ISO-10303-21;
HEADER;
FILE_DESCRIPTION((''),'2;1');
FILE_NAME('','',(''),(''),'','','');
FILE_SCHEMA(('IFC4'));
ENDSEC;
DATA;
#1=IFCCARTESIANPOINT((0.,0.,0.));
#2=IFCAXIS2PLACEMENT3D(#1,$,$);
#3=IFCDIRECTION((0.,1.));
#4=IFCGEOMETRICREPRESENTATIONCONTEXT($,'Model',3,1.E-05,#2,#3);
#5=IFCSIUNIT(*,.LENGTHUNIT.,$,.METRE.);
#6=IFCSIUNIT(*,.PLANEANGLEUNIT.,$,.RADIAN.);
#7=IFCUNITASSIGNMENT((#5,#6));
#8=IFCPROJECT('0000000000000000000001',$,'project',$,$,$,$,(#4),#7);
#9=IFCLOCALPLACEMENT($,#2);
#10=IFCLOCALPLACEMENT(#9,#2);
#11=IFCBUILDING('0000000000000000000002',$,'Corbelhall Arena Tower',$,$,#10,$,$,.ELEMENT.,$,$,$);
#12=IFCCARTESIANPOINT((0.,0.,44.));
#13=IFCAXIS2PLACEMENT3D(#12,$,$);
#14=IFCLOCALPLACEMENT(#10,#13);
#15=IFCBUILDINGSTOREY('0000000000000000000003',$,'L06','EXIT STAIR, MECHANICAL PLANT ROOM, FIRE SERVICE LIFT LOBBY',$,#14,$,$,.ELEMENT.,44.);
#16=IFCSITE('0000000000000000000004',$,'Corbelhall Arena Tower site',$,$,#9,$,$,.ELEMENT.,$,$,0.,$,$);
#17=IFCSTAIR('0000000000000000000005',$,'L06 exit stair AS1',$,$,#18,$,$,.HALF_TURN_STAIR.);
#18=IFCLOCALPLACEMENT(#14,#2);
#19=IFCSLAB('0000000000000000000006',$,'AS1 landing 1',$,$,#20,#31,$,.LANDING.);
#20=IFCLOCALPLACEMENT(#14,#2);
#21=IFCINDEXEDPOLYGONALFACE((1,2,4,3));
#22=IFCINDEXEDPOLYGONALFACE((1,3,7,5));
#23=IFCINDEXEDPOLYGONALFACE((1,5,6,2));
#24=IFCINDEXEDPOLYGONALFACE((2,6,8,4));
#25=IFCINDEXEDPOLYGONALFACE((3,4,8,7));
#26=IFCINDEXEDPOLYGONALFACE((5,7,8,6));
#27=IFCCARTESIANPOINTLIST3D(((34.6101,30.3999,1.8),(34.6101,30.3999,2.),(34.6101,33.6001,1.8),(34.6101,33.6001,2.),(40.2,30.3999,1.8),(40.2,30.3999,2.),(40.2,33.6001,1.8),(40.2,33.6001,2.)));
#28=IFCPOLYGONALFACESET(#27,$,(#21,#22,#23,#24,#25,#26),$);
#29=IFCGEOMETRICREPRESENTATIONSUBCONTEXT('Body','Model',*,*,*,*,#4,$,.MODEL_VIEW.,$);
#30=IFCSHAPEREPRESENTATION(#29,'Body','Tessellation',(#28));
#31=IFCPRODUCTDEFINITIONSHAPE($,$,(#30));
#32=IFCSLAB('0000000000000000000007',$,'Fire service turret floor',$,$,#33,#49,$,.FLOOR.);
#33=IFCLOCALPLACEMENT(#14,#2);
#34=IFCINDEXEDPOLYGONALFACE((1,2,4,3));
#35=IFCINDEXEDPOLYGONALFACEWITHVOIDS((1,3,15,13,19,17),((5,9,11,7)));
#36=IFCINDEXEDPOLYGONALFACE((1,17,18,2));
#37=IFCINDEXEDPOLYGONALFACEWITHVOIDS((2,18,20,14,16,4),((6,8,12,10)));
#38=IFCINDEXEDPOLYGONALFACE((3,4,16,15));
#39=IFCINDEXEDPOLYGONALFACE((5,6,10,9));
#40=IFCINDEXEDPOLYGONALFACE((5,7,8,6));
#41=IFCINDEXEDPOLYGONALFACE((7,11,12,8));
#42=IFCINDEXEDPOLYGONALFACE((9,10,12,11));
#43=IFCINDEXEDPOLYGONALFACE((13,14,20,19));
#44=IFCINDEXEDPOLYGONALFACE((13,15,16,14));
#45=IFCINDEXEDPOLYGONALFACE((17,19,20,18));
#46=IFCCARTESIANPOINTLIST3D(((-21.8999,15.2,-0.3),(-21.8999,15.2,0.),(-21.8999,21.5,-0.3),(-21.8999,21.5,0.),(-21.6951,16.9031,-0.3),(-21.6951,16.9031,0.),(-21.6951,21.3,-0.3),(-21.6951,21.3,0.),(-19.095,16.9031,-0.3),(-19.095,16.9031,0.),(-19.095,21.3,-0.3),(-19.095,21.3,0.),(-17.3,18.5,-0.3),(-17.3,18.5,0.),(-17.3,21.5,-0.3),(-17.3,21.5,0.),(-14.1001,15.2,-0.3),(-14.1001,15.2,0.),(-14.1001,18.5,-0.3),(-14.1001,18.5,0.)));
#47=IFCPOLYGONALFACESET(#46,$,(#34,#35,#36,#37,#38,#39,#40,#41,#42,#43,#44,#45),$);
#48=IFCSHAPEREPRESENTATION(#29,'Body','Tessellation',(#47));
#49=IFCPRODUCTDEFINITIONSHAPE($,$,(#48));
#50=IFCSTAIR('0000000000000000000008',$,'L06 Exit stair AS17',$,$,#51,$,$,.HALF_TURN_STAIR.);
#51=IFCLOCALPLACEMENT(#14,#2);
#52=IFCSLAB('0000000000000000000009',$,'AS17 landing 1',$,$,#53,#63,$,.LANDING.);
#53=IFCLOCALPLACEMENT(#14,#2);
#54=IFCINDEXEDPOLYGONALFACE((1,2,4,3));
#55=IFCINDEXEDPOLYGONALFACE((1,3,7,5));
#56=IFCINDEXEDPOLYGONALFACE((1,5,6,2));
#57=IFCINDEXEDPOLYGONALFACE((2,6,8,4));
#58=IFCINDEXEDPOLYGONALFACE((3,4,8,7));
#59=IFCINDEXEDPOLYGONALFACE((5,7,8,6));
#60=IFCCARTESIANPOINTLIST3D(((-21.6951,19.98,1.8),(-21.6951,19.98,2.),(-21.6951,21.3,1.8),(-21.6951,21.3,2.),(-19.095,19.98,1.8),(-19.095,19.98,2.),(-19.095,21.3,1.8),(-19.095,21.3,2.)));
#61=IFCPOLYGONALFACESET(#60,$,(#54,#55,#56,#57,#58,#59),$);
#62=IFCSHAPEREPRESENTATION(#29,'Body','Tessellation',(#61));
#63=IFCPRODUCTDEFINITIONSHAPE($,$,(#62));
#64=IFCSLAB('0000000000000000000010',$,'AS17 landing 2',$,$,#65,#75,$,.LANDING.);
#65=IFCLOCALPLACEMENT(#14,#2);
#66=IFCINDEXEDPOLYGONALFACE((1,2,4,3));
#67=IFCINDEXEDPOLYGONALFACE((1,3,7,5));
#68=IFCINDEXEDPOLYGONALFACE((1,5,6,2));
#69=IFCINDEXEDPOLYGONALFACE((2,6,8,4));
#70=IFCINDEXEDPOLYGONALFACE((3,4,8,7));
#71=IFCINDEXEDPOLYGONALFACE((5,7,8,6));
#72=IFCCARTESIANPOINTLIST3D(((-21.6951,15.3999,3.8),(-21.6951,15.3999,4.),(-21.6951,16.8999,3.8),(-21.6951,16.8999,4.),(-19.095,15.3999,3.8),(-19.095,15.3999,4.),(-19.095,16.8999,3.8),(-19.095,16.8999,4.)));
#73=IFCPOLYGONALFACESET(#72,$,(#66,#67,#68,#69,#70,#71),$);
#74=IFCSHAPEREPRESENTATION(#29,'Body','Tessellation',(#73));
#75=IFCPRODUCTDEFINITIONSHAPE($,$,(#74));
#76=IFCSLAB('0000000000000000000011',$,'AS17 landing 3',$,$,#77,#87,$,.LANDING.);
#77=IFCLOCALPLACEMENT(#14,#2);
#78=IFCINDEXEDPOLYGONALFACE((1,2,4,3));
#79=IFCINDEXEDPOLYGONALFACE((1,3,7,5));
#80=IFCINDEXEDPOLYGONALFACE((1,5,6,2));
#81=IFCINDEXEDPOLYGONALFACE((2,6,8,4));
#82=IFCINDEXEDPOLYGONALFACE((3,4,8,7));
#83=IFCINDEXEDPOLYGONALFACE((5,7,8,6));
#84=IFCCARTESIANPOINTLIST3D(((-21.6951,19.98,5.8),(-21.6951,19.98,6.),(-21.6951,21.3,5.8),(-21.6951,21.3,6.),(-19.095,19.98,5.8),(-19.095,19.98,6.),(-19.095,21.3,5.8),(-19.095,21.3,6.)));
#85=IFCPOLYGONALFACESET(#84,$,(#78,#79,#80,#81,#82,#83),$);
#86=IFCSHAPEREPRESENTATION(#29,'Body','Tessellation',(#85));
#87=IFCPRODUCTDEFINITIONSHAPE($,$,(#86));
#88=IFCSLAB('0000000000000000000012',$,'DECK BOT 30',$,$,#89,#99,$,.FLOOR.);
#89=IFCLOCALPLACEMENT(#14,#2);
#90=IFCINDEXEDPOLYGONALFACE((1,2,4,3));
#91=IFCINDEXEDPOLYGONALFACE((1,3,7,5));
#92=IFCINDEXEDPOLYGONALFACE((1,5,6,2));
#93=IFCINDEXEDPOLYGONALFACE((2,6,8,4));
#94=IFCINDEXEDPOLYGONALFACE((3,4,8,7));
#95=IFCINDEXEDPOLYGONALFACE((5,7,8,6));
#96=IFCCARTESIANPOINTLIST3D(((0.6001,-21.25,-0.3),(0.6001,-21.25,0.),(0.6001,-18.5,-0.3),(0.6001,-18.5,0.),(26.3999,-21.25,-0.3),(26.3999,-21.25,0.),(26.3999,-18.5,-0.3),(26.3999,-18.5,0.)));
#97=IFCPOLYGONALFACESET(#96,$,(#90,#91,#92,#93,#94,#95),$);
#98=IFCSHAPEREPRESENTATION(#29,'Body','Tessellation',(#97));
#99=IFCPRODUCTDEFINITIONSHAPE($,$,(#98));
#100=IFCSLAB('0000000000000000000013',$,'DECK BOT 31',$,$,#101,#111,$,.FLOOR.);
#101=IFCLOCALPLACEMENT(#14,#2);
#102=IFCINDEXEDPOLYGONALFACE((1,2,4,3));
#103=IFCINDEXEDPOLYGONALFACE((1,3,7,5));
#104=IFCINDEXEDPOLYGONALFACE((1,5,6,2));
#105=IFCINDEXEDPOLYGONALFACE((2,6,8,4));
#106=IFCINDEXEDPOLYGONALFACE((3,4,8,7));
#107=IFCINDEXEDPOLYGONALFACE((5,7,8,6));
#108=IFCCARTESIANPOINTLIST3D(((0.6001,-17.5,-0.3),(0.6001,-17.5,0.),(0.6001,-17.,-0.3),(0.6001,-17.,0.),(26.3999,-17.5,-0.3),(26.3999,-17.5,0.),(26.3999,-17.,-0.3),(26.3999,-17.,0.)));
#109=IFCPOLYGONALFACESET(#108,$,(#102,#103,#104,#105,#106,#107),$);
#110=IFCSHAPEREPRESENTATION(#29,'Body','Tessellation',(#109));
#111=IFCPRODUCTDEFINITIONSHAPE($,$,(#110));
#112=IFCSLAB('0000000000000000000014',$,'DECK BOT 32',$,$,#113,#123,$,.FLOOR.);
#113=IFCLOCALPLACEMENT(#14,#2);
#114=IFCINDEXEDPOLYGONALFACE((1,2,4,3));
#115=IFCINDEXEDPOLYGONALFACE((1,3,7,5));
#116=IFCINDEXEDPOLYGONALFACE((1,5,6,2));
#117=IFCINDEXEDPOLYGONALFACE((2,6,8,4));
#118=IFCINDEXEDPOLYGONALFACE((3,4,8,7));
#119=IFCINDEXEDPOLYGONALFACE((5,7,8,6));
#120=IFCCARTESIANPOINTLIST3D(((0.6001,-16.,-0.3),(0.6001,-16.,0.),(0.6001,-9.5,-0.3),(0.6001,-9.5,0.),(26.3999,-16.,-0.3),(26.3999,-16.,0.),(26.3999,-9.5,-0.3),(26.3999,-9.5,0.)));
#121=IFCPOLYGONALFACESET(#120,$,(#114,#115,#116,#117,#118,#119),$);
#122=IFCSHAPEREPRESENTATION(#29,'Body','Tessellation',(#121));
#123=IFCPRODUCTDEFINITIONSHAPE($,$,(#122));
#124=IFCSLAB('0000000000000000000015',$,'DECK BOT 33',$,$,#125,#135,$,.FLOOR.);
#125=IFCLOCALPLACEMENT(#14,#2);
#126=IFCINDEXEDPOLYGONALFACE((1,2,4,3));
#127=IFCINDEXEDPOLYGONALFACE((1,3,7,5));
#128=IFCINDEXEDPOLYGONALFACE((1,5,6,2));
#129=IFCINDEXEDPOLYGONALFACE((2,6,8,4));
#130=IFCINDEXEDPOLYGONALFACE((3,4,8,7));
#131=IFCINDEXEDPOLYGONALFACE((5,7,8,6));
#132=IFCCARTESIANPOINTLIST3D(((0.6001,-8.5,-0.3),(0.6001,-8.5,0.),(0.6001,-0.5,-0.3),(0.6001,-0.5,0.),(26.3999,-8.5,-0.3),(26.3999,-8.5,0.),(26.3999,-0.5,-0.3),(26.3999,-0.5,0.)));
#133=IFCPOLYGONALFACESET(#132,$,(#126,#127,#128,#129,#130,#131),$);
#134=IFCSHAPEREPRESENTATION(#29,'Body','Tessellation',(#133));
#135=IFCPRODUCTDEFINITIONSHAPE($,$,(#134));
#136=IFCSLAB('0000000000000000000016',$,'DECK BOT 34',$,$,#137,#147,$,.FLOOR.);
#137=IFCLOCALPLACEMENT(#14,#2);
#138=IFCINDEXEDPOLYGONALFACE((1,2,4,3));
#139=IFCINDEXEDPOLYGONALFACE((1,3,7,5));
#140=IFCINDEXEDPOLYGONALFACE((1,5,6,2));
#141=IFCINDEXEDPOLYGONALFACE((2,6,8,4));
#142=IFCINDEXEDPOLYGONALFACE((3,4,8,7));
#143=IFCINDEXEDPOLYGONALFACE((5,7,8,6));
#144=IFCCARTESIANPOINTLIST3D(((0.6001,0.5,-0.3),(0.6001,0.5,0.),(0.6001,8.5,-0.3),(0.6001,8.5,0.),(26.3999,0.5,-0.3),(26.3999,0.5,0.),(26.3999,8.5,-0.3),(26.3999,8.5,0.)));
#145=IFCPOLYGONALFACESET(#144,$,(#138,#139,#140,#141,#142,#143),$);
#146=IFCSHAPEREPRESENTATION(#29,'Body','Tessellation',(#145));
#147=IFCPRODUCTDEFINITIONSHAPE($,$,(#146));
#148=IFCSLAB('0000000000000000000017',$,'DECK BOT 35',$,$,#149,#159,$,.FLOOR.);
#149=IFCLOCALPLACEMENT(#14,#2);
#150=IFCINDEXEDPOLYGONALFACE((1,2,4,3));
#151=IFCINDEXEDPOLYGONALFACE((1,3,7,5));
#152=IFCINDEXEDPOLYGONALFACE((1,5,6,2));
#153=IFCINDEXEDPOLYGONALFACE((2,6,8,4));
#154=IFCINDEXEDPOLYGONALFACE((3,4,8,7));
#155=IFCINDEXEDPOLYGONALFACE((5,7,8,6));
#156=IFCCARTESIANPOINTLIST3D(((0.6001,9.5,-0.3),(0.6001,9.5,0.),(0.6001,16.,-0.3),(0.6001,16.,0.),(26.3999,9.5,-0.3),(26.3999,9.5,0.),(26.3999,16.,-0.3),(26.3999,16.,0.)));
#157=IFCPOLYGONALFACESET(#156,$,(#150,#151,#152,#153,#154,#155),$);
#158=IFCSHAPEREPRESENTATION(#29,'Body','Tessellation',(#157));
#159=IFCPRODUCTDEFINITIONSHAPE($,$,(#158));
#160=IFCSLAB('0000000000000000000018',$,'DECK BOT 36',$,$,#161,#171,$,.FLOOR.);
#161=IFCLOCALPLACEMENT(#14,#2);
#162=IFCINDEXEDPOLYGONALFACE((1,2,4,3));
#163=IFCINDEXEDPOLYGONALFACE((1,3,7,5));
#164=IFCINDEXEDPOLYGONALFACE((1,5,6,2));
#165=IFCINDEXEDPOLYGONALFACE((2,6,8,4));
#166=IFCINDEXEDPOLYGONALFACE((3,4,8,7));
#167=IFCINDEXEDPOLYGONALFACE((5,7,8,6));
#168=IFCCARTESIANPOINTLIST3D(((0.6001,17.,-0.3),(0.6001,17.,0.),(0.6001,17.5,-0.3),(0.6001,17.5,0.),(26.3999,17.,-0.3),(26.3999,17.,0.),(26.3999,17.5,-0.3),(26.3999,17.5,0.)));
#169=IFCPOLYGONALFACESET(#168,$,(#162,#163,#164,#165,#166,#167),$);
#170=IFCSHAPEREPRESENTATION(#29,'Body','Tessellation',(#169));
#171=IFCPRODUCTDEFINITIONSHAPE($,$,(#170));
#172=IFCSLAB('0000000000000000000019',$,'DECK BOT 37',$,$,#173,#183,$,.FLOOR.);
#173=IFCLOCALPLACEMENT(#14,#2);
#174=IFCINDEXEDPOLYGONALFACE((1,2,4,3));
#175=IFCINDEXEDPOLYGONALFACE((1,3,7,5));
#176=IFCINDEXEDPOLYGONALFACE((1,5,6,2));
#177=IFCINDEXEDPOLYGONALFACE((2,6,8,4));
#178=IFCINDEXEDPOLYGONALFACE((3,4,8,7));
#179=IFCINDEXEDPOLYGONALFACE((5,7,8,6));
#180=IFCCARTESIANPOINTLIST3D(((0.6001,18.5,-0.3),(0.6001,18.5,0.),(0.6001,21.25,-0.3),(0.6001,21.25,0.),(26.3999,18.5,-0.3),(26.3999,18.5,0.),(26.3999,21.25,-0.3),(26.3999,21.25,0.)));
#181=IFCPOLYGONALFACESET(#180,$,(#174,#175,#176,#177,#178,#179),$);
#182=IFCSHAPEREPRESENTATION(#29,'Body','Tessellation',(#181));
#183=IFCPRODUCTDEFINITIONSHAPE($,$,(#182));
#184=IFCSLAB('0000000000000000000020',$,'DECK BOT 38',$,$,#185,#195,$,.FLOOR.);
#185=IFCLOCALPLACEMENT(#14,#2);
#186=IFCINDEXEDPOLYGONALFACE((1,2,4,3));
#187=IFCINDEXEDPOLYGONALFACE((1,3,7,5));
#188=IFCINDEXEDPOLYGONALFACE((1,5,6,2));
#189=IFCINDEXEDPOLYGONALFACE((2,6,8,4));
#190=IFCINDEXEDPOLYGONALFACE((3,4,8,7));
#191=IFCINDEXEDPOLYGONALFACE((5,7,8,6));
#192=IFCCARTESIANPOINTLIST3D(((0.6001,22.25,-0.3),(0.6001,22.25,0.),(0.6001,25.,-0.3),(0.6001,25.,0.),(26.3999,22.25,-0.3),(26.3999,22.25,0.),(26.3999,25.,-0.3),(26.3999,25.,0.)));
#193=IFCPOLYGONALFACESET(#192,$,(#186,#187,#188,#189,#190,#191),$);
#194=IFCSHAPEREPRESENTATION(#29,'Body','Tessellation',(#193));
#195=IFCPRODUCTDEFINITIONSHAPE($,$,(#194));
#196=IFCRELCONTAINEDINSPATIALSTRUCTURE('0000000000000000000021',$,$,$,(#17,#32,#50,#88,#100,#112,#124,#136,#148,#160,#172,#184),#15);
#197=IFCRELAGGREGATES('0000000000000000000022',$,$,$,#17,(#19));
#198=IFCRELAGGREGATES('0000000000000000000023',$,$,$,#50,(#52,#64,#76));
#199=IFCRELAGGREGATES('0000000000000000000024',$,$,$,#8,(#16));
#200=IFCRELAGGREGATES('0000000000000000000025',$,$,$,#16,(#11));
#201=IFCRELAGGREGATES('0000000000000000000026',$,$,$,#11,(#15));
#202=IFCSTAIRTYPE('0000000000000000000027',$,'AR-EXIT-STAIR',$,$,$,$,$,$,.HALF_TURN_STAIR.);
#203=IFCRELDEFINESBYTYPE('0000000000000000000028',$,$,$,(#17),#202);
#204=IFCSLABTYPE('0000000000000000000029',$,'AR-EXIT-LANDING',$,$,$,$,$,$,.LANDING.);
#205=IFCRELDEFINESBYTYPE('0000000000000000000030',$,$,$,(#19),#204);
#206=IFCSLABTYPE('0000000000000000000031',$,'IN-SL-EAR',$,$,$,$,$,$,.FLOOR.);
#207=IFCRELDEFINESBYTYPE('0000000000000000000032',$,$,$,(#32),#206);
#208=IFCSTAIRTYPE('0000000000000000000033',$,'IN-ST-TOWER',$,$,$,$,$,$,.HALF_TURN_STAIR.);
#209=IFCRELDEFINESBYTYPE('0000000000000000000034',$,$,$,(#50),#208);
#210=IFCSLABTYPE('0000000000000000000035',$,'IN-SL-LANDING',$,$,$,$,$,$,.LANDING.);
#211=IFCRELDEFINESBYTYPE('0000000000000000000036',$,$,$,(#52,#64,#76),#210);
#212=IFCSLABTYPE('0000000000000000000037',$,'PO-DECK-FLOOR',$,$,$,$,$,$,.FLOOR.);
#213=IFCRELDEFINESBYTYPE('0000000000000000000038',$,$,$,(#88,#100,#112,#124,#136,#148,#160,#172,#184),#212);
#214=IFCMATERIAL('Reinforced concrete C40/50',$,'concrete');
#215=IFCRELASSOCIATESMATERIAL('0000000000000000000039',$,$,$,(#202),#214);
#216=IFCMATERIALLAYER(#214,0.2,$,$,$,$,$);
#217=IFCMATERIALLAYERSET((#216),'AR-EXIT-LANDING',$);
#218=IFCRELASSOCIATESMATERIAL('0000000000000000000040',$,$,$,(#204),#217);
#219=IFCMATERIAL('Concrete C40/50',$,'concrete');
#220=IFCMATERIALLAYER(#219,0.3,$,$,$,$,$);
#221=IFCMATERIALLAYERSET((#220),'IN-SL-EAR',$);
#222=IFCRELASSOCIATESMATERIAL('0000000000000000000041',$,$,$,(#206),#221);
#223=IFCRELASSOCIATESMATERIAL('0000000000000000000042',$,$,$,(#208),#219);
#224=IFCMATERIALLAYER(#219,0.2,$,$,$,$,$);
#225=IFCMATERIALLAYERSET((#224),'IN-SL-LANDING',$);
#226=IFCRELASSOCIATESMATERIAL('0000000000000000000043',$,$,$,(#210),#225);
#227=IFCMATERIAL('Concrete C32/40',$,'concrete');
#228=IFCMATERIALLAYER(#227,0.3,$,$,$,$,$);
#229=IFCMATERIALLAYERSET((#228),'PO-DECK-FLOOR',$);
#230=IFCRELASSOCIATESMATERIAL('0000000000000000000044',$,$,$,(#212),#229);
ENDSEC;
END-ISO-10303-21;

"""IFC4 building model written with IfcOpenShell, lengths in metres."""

from ifc_helpers import new_model, si_unit, direction, frame, origin, place, context, subcontext, project, spatial, polyline, outline, extrude, material, layer, layer_set, type_object, element, aggregate, save


model = new_model("IFC4")

# Units and contexts
model_context = context("Model", 3, precision=1e-05, world=origin(), true_north=direction((0.0, 1.0)))
body_context = subcontext(model_context, "Body", "Model", "MODEL_VIEW")
ifc_project = project(units=[si_unit("LENGTHUNIT", "METRE"), si_unit("PLANEANGLEUNIT", "RADIAN")], contexts=[model_context])

# Site, building, storey
site_placement = place(None, origin())
site = spatial("IfcSite", under=ifc_project, at=site_placement, Name="Corbelhall Arena Tower site", CompositionType="ELEMENT", RefElevation=0.0)
building_placement = place(site_placement, origin())
building = spatial("IfcBuilding", under=site, at=building_placement, Name="Corbelhall Arena Tower", CompositionType="ELEMENT")
storey_placement = place(building_placement, frame((0.0, 0.0, 44.0)))
storey = spatial("IfcBuildingStorey", under=building, at=storey_placement, Name="L06", Description="EXIT STAIR, MECHANICAL PLANT ROOM, FIRE SERVICE LIFT LOBBY", CompositionType="ELEMENT", Elevation=44.0)

# Stair, slab
ifc_material_1 = material(Name="Reinforced concrete C40/50", Category="concrete")
stair_type_1 = type_object("IfcStairType", Name="AR-EXIT-STAIR", PredefinedType="HALF_TURN_STAIR", material=ifc_material_1)
stair_1_placement = place(storey_placement, origin())
stair_1 = element("IfcStair", 1, at=stair_1_placement, inside=storey, type_object=stair_type_1, Name="L06 exit stair AS1", PredefinedType="HALF_TURN_STAIR")
ifc_layer_1 = layer(ifc_material_1, 0.2)
ifc_layer_set_1 = layer_set([ifc_layer_1], Name="AR-EXIT-LANDING")
slab_type_1 = type_object("IfcSlabType", Name="AR-EXIT-LANDING", PredefinedType="LANDING", material=ifc_layer_set_1)
slab_1_placement = place(storey_placement, frame((0.0, 0.0, 1.8)))
slab_1 = element("IfcSlab", 2, at=slab_1_placement, type_object=slab_type_1, Name="AS1 landing 1", PredefinedType="LANDING", context=body_context, shape_type="SweptSolid", body=[
    extrude(outline(polyline([(40.2, 30.3999), (40.2, 33.6001), (34.6101, 33.6001), (34.6101, 30.3999), (40.2, 30.3999)])), origin(), (0.0, 0.0, 1.0), 0.2),
])
aggregate(stair_1, [slab_1])

# Slab
ifc_material_2 = material(Name="Concrete C40/50", Category="concrete")
ifc_layer_2 = layer(ifc_material_2, 0.3)
ifc_layer_set_2 = layer_set([ifc_layer_2], Name="IN-SL-EAR")
slab_type_2 = type_object("IfcSlabType", Name="IN-SL-EAR", PredefinedType="FLOOR", material=ifc_layer_set_2)
slab_2_placement = place(storey_placement, frame((0.0, 0.0, -0.3)))
element("IfcSlab", 3, at=slab_2_placement, inside=storey, type_object=slab_type_2, Name="Fire service turret floor", PredefinedType="FLOOR", context=body_context, shape_type="SweptSolid", body=[
    extrude(outline(polyline([(-21.8999, 15.2), (-14.1001, 15.2), (-14.1001, 18.5), (-17.3, 18.5), (-17.3, 21.5), (-21.8999, 21.5), (-21.8999, 15.2)]), holes=[polyline([(-19.095, 21.3), (-21.6951, 21.3), (-21.6951, 16.9031), (-19.095, 16.9031), (-19.095, 21.3)])]), origin(), (0.0, 0.0, 1.0), 0.3),
])

# Stair, slabs
stair_type_2 = type_object("IfcStairType", Name="IN-ST-TOWER", PredefinedType="HALF_TURN_STAIR", material=ifc_material_2)
stair_2_placement = place(storey_placement, origin())
stair_2 = element("IfcStair", 4, at=stair_2_placement, inside=storey, type_object=stair_type_2, Name="L06 Exit stair AS17", PredefinedType="HALF_TURN_STAIR")
ifc_layer_3 = layer(ifc_material_2, 0.2)
ifc_layer_set_3 = layer_set([ifc_layer_3], Name="IN-SL-LANDING")
slab_type_3 = type_object("IfcSlabType", Name="IN-SL-LANDING", PredefinedType="LANDING", material=ifc_layer_set_3)
slab_3_placement = place(storey_placement, frame((0.0, 0.0, 1.8)))
slab_3 = element("IfcSlab", 5, at=slab_3_placement, type_object=slab_type_3, Name="AS17 landing 1", PredefinedType="LANDING", context=body_context, shape_type="SweptSolid", body=[
    extrude(outline(polyline([(-19.095, 19.98), (-19.095, 21.3), (-21.6951, 21.3), (-21.6951, 19.98), (-19.095, 19.98)])), origin(), (0.0, 0.0, 1.0), 0.2),
])
slab_4_placement = place(storey_placement, frame((0.0, 0.0, 3.8)))
slab_4 = element("IfcSlab", 6, at=slab_4_placement, type_object=slab_type_3, Name="AS17 landing 2", PredefinedType="LANDING", context=body_context, shape_type="SweptSolid", body=[
    extrude(outline(polyline([(-19.095, 15.3999), (-19.095, 16.8999), (-21.6951, 16.8999), (-21.6951, 15.3999), (-19.095, 15.3999)])), origin(), (0.0, 0.0, 1.0), 0.2),
])
slab_5_placement = place(storey_placement, frame((0.0, 0.0, 5.8)))
slab_5 = element("IfcSlab", 7, at=slab_5_placement, type_object=slab_type_3, Name="AS17 landing 3", PredefinedType="LANDING", context=body_context, shape_type="SweptSolid", body=[
    extrude(outline(polyline([(-19.095, 19.98), (-19.095, 21.3), (-21.6951, 21.3), (-21.6951, 19.98), (-19.095, 19.98)])), origin(), (0.0, 0.0, 1.0), 0.2),
])
aggregate(stair_2, [slab_3, slab_4, slab_5])

# Slabs
ifc_material_3 = material(Name="Concrete C32/40", Category="concrete")
ifc_layer_4 = layer(ifc_material_3, 0.3)
ifc_layer_set_4 = layer_set([ifc_layer_4], Name="PO-DECK-FLOOR")
slab_type_4 = type_object("IfcSlabType", Name="PO-DECK-FLOOR", PredefinedType="FLOOR", material=ifc_layer_set_4)
slab_6_placement = place(storey_placement, frame((0.0, 0.0, -0.3)))
element("IfcSlab", 8, at=slab_6_placement, inside=storey, type_object=slab_type_4, Name="DECK BOT 30", PredefinedType="FLOOR", context=body_context, shape_type="SweptSolid", body=[
    extrude(outline(polyline([(0.6001, -21.25), (0.6001, -18.5), (26.3999, -18.5), (26.3999, -21.25), (0.6001, -21.25)])), origin(), (0.0, 0.0, 1.0), 0.3),
])
slab_7_placement = place(storey_placement, frame((0.0, 0.0, -0.3)))
element("IfcSlab", 9, at=slab_7_placement, inside=storey, type_object=slab_type_4, Name="DECK BOT 31", PredefinedType="FLOOR", context=body_context, shape_type="SweptSolid", body=[
    extrude(outline(polyline([(0.6001, -17.5), (0.6001, -17.0), (26.3999, -17.0), (26.3999, -17.5), (0.6001, -17.5)])), origin(), (0.0, 0.0, 1.0), 0.3),
])
slab_8_placement = place(storey_placement, frame((0.0, 0.0, -0.3)))
element("IfcSlab", 10, at=slab_8_placement, inside=storey, type_object=slab_type_4, Name="DECK BOT 32", PredefinedType="FLOOR", context=body_context, shape_type="SweptSolid", body=[
    extrude(outline(polyline([(26.3999, -9.5), (26.3999, -16.0), (0.6001, -16.0), (0.6001, -9.5), (26.3999, -9.5)])), origin(), (0.0, 0.0, 1.0), 0.3),
])
slab_9_placement = place(storey_placement, frame((0.0, 0.0, -0.3)))
element("IfcSlab", 11, at=slab_9_placement, inside=storey, type_object=slab_type_4, Name="DECK BOT 33", PredefinedType="FLOOR", context=body_context, shape_type="SweptSolid", body=[
    extrude(outline(polyline([(0.6001, -8.5), (0.6001, -0.5), (26.3999, -0.5), (26.3999, -8.5), (0.6001, -8.5)])), origin(), (0.0, 0.0, 1.0), 0.3),
])
slab_10_placement = place(storey_placement, frame((0.0, 0.0, -0.3)))
element("IfcSlab", 12, at=slab_10_placement, inside=storey, type_object=slab_type_4, Name="DECK BOT 34", PredefinedType="FLOOR", context=body_context, shape_type="SweptSolid", body=[
    extrude(outline(polyline([(0.6001, 0.5), (0.6001, 8.5), (26.3999, 8.5), (26.3999, 0.5), (0.6001, 0.5)])), origin(), (0.0, 0.0, 1.0), 0.3),
])
slab_11_placement = place(storey_placement, frame((0.0, 0.0, -0.3)))
element("IfcSlab", 13, at=slab_11_placement, inside=storey, type_object=slab_type_4, Name="DECK BOT 35", PredefinedType="FLOOR", context=body_context, shape_type="SweptSolid", body=[
    extrude(outline(polyline([(0.6001, 16.0), (26.3999, 16.0), (26.3999, 9.5), (0.6001, 9.5), (0.6001, 16.0)])), origin(), (0.0, 0.0, 1.0), 0.3),
])
slab_12_placement = place(storey_placement, frame((0.0, 0.0, -0.3)))
element("IfcSlab", 14, at=slab_12_placement, inside=storey, type_object=slab_type_4, Name="DECK BOT 36", PredefinedType="FLOOR", context=body_context, shape_type="SweptSolid", body=[
    extrude(outline(polyline([(0.6001, 17.5), (26.3999, 17.5), (26.3999, 17.0), (0.6001, 17.0), (0.6001, 17.5)])), origin(), (0.0, 0.0, 1.0), 0.3),
])
slab_13_placement = place(storey_placement, frame((0.0, 0.0, -0.3)))
element("IfcSlab", 15, at=slab_13_placement, inside=storey, type_object=slab_type_4, Name="DECK BOT 37", PredefinedType="FLOOR", context=body_context, shape_type="SweptSolid", body=[
    extrude(outline(polyline([(0.6001, 21.25), (26.3999, 21.25), (26.3999, 18.5), (0.6001, 18.5), (0.6001, 21.25)])), origin(), (0.0, 0.0, 1.0), 0.3),
])
slab_14_placement = place(storey_placement, frame((0.0, 0.0, -0.3)))
element("IfcSlab", 16, at=slab_14_placement, inside=storey, type_object=slab_type_4, Name="DECK BOT 38", PredefinedType="FLOOR", context=body_context, shape_type="SweptSolid", body=[
    extrude(outline(polyline([(0.6001, 25.0), (26.3999, 25.0), (26.3999, 22.25), (0.6001, 22.25), (0.6001, 25.0)])), origin(), (0.0, 0.0, 1.0), 0.3),
])

save(model, "model.ifc")
